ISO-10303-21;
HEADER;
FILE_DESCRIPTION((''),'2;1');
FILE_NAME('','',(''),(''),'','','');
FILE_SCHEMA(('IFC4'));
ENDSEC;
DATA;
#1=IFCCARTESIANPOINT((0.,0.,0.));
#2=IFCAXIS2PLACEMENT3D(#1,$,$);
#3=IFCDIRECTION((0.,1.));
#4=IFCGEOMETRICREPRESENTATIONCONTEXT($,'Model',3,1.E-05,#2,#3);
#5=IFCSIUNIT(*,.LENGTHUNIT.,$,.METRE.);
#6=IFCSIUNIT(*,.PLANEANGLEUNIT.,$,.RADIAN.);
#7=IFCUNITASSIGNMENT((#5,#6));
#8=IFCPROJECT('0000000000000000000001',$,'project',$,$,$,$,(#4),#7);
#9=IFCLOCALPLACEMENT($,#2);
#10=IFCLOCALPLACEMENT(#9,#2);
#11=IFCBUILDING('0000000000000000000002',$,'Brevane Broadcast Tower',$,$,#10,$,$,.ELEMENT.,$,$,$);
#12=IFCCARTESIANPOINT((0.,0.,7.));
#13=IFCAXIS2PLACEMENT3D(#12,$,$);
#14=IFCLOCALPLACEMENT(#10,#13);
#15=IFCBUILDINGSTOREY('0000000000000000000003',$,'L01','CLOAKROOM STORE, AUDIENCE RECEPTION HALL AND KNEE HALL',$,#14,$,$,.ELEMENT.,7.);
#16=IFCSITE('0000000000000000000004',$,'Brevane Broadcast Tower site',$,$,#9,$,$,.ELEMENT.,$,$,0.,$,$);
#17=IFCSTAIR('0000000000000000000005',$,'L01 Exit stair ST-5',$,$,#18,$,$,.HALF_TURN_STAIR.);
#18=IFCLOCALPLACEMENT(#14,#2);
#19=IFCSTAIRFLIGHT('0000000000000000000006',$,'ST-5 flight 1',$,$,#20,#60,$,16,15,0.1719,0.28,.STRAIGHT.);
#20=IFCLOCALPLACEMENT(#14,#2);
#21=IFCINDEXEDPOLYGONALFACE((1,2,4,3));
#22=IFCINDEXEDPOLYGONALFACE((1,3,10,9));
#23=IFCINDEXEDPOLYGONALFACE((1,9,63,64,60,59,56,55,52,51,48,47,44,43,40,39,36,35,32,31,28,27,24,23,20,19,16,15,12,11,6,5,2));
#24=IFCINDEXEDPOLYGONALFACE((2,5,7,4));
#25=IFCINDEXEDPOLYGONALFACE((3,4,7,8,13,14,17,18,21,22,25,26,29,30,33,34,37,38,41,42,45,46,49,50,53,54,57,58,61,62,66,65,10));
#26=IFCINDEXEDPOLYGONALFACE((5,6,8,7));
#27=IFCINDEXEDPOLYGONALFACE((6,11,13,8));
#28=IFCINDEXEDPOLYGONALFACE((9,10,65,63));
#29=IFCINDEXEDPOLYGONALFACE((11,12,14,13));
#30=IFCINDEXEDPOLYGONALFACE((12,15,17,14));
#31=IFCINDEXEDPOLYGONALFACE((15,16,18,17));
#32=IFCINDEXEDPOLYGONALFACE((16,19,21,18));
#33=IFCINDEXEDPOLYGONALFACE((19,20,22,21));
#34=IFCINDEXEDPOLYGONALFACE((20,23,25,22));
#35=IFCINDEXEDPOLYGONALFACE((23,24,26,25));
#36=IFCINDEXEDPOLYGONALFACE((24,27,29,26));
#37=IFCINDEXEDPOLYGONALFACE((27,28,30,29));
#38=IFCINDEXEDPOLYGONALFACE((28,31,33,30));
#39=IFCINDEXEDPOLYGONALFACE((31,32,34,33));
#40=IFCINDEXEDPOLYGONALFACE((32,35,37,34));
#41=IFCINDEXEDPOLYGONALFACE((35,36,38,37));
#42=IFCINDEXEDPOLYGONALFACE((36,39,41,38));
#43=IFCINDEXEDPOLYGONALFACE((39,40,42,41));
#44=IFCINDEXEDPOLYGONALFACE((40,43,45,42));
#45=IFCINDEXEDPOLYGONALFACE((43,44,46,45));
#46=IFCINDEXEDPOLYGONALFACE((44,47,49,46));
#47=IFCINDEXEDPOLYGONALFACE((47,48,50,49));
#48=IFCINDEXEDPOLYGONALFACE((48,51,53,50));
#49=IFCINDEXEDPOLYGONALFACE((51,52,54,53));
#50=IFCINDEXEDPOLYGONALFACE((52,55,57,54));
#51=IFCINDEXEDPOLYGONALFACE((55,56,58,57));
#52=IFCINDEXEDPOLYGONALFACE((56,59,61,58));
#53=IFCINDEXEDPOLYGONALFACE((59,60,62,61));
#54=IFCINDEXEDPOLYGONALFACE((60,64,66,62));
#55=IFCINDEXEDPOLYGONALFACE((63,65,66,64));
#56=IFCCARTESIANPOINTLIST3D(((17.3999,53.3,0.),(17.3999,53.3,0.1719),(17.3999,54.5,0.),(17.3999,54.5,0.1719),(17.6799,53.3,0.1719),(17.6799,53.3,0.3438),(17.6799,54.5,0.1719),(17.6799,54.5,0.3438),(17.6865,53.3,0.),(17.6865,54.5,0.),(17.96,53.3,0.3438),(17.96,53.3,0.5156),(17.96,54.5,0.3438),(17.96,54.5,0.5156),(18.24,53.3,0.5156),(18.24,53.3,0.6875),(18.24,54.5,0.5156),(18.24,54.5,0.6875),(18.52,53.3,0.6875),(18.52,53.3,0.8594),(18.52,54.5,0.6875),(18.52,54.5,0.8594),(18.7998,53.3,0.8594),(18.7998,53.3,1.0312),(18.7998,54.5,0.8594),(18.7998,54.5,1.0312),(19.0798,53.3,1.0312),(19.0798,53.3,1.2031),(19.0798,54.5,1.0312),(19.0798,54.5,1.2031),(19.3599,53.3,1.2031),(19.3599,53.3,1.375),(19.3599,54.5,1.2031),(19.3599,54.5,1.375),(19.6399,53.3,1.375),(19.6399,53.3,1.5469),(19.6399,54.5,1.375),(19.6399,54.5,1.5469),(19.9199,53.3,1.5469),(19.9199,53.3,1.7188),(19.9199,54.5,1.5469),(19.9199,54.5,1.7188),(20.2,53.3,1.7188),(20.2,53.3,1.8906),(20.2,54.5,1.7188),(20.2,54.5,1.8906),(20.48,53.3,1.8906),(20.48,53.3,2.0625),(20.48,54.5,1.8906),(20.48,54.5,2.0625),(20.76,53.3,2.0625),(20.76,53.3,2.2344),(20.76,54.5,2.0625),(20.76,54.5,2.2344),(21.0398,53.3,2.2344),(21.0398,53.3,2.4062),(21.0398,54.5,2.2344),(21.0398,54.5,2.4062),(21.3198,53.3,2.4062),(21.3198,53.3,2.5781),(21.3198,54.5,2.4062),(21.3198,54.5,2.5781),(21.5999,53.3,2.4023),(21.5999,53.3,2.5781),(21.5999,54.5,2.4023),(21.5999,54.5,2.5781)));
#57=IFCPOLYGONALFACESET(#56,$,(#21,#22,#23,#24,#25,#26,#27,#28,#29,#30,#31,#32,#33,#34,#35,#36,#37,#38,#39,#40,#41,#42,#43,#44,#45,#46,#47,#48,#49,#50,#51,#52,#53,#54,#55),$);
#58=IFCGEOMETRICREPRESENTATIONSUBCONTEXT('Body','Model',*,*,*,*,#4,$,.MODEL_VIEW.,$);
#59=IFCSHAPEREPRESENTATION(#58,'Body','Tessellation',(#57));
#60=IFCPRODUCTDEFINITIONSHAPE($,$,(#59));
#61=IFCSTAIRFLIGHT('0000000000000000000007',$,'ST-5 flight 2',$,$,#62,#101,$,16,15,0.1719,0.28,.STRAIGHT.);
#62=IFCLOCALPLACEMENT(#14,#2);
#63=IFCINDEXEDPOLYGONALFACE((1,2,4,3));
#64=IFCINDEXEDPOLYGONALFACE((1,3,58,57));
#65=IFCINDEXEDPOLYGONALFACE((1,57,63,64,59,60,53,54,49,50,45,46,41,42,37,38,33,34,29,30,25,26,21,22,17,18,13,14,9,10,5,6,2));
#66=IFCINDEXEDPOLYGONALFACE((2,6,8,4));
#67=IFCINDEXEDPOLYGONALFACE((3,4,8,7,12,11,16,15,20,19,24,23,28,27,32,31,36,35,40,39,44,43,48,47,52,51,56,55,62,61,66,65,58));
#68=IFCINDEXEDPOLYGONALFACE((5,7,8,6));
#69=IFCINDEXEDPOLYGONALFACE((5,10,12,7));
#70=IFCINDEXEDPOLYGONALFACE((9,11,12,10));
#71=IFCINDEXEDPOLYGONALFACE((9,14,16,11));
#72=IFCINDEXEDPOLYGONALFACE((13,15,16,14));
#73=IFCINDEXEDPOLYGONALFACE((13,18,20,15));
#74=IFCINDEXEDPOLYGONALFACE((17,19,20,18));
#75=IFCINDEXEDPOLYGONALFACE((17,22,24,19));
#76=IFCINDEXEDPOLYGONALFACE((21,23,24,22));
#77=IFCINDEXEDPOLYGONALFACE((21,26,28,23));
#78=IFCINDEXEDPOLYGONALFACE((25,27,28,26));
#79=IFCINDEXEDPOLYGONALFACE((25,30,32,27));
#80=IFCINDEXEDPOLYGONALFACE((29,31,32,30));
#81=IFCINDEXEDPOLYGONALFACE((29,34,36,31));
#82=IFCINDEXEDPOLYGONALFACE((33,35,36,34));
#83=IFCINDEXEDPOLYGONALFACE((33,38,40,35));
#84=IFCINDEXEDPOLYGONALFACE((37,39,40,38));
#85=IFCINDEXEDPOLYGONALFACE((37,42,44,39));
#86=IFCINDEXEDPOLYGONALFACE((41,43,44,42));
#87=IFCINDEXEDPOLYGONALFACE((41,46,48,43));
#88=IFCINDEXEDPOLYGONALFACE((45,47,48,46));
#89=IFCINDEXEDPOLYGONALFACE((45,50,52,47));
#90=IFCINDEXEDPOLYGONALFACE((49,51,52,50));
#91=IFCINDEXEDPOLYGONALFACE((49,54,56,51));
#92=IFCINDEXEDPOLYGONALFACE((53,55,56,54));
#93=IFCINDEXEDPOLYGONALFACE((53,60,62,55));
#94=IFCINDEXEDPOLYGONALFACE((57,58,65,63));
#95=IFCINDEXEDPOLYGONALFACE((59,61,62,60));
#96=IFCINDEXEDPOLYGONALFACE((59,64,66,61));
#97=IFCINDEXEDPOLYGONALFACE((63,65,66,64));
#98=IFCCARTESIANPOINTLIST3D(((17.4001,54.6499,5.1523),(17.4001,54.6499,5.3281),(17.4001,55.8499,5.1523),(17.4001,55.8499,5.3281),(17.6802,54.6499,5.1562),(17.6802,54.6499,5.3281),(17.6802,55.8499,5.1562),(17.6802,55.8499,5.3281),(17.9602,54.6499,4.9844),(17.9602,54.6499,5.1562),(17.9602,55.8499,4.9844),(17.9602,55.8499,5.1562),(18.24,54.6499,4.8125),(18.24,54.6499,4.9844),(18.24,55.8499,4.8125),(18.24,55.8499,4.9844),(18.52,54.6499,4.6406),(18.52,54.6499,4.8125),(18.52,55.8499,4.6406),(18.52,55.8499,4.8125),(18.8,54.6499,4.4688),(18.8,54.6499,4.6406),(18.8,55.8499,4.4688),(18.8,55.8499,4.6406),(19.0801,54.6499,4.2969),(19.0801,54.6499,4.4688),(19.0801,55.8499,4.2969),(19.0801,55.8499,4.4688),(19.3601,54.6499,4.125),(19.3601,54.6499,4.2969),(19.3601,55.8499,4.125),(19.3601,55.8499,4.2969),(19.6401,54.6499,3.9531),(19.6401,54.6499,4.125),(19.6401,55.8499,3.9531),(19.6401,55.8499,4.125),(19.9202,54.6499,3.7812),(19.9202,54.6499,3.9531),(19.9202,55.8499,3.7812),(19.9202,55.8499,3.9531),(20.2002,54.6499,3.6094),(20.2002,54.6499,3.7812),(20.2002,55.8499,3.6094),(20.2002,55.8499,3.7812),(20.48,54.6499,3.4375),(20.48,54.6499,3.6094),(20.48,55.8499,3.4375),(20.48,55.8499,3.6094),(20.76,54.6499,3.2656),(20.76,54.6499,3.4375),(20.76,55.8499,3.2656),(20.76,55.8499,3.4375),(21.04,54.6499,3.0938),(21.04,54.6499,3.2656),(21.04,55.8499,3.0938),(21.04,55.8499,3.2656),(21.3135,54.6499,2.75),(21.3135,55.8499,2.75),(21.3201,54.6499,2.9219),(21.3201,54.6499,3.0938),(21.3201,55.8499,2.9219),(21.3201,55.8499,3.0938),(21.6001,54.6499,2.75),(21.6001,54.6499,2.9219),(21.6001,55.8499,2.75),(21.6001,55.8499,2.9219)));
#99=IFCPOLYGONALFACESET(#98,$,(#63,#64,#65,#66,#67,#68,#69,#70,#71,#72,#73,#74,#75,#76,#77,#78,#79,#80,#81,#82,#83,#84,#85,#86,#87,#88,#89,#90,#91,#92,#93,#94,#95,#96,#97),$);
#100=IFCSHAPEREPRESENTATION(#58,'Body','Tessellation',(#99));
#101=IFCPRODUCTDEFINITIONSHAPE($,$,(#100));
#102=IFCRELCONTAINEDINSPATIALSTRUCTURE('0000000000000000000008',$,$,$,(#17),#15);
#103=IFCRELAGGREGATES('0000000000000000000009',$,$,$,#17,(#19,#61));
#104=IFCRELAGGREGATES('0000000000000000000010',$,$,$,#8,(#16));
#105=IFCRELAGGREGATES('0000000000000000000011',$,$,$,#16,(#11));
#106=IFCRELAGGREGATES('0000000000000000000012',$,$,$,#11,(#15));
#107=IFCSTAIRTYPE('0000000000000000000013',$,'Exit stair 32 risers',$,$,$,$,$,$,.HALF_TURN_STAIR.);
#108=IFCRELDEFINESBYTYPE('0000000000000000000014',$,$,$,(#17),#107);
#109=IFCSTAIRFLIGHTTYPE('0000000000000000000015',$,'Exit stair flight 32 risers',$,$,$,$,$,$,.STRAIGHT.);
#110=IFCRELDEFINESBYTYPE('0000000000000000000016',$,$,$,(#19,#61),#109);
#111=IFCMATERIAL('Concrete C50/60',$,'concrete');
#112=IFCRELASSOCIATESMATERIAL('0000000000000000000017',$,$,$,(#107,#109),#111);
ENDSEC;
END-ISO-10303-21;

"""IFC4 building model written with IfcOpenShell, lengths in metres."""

from ifc_helpers import new_model, si_unit, direction, frame, origin, place, context, subcontext, project, spatial, polyline, outline, extrude, material, type_object, element, aggregate, save


model = new_model("IFC4")

# Units and contexts
model_context = context("Model", 3, precision=1e-05, world=origin(), true_north=direction((0.0, 1.0)))
body_context = subcontext(model_context, "Body", "Model", "MODEL_VIEW")
ifc_project = project(units=[si_unit("LENGTHUNIT", "METRE"), si_unit("PLANEANGLEUNIT", "RADIAN")], contexts=[model_context])

# Site, building, storey
site_placement = place(None, origin())
site = spatial("IfcSite", under=ifc_project, at=site_placement, Name="Brevane Broadcast Tower site", CompositionType="ELEMENT", RefElevation=0.0)
building_placement = place(site_placement, origin())
building = spatial("IfcBuilding", under=site, at=building_placement, Name="Brevane Broadcast Tower", CompositionType="ELEMENT")
storey_placement = place(building_placement, frame((0.0, 0.0, 7.0)))
storey = spatial("IfcBuildingStorey", under=building, at=storey_placement, Name="L01", Description="CLOAKROOM STORE, AUDIENCE RECEPTION HALL AND KNEE HALL", CompositionType="ELEMENT", Elevation=7.0)

# Stair, stair flights
ifc_material_1 = material(Name="Concrete C50/60", Category="concrete")
stair_type = type_object("IfcStairType", Name="Exit stair 32 risers", PredefinedType="HALF_TURN_STAIR", material=ifc_material_1)
stair_placement = place(storey_placement, origin())
stair = element("IfcStair", 1, at=stair_placement, inside=storey, type_object=stair_type, Name="L01 Exit stair ST-5", PredefinedType="HALF_TURN_STAIR")
stair_flight_type = type_object("IfcStairFlightType", Name="Exit stair flight 32 risers", PredefinedType="STRAIGHT", material=ifc_material_1)
stair_flight_1_placement = place(storey_placement, frame((17.3999, 53.8999, 0.0), z_axis=(0.0, 0.0, 1.0), x_axis=(1.0, 0.0, 0.0)))
stair_flight_1 = element("IfcStairFlight", 2, at=stair_flight_1_placement, type_object=stair_flight_type, Name="ST-5 flight 1", NumberOfRisers=16, NumberOfTreads=15, PredefinedType="STRAIGHT", RiserHeight=0.1719, TreadLength=0.28, context=body_context, shape_type="SweptSolid", body=[
    extrude(outline(polyline([(0.0, 0.0), (0.0, 0.1719), (0.28, 0.1719), (0.28, 0.3438), (0.5601, 0.3438), (0.5601, 0.5156), (0.8401, 0.5156), (0.8401, 0.6875), (1.1201, 0.6875), (1.1201, 0.8594), (1.3999, 0.8594), (1.3999, 1.0312), (1.6799, 1.0312), (1.6799, 1.2031), (1.96, 1.2031), (1.96, 1.375), (2.24, 1.375), (2.24, 1.5469), (2.52, 1.5469), (2.52, 1.7188), (2.8, 1.7188), (2.8, 1.8906), (3.0801, 1.8906), (3.0801, 2.0625), (3.3601, 2.0625), (3.3601, 2.2344), (3.6399, 2.2344), (3.6399, 2.4062), (3.9199, 2.4062), (3.9199, 2.5781), (4.2, 2.5781), (4.2, 2.75), (4.2, 2.4023), (0.2866, 0.0), (0.0, 0.0)])), frame((0.0, 0.6001, 0.0), z_axis=(0.0, -1.0, 0.0), x_axis=(1.0, 0.0, 0.0)), (0.0, 0.0, 1.0), 1.2),
])
stair_flight_2_placement = place(storey_placement, frame((21.6001, 55.25, 2.75), z_axis=(0.0, 0.0, 1.0), x_axis=(-1.0, 0.0, 0.0)))
stair_flight_2 = element("IfcStairFlight", 3, at=stair_flight_2_placement, type_object=stair_flight_type, Name="ST-5 flight 2", NumberOfRisers=16, NumberOfTreads=15, PredefinedType="STRAIGHT", RiserHeight=0.1719, TreadLength=0.28, context=body_context, shape_type="SweptSolid", body=[
    extrude(outline(polyline([(0.0, 0.0), (0.0, 0.1719), (0.28, 0.1719), (0.28, 0.3438), (0.5601, 0.3438), (0.5601, 0.5156), (0.8401, 0.5156), (0.8401, 0.6875), (1.1201, 0.6875), (1.1201, 0.8594), (1.3999, 0.8594), (1.3999, 1.0312), (1.6799, 1.0312), (1.6799, 1.2031), (1.96, 1.2031), (1.96, 1.375), (2.24, 1.375), (2.24, 1.5469), (2.52, 1.5469), (2.52, 1.7188), (2.8, 1.7188), (2.8, 1.8906), (3.0801, 1.8906), (3.0801, 2.0625), (3.3601, 2.0625), (3.3601, 2.2344), (3.6399, 2.2344), (3.6399, 2.4062), (3.9199, 2.4062), (3.9199, 2.5781), (4.2, 2.5781), (4.2, 2.75), (4.2, 2.4023), (0.2866, 0.0), (0.0, 0.0)])), frame((0.0, 0.6001, 0.0), z_axis=(0.0, -1.0, 0.0), x_axis=(1.0, 0.0, 0.0)), (0.0, 0.0, 1.0), 1.2),
])
aggregate(stair, [stair_flight_1, stair_flight_2])

save(model, "model.ifc")
